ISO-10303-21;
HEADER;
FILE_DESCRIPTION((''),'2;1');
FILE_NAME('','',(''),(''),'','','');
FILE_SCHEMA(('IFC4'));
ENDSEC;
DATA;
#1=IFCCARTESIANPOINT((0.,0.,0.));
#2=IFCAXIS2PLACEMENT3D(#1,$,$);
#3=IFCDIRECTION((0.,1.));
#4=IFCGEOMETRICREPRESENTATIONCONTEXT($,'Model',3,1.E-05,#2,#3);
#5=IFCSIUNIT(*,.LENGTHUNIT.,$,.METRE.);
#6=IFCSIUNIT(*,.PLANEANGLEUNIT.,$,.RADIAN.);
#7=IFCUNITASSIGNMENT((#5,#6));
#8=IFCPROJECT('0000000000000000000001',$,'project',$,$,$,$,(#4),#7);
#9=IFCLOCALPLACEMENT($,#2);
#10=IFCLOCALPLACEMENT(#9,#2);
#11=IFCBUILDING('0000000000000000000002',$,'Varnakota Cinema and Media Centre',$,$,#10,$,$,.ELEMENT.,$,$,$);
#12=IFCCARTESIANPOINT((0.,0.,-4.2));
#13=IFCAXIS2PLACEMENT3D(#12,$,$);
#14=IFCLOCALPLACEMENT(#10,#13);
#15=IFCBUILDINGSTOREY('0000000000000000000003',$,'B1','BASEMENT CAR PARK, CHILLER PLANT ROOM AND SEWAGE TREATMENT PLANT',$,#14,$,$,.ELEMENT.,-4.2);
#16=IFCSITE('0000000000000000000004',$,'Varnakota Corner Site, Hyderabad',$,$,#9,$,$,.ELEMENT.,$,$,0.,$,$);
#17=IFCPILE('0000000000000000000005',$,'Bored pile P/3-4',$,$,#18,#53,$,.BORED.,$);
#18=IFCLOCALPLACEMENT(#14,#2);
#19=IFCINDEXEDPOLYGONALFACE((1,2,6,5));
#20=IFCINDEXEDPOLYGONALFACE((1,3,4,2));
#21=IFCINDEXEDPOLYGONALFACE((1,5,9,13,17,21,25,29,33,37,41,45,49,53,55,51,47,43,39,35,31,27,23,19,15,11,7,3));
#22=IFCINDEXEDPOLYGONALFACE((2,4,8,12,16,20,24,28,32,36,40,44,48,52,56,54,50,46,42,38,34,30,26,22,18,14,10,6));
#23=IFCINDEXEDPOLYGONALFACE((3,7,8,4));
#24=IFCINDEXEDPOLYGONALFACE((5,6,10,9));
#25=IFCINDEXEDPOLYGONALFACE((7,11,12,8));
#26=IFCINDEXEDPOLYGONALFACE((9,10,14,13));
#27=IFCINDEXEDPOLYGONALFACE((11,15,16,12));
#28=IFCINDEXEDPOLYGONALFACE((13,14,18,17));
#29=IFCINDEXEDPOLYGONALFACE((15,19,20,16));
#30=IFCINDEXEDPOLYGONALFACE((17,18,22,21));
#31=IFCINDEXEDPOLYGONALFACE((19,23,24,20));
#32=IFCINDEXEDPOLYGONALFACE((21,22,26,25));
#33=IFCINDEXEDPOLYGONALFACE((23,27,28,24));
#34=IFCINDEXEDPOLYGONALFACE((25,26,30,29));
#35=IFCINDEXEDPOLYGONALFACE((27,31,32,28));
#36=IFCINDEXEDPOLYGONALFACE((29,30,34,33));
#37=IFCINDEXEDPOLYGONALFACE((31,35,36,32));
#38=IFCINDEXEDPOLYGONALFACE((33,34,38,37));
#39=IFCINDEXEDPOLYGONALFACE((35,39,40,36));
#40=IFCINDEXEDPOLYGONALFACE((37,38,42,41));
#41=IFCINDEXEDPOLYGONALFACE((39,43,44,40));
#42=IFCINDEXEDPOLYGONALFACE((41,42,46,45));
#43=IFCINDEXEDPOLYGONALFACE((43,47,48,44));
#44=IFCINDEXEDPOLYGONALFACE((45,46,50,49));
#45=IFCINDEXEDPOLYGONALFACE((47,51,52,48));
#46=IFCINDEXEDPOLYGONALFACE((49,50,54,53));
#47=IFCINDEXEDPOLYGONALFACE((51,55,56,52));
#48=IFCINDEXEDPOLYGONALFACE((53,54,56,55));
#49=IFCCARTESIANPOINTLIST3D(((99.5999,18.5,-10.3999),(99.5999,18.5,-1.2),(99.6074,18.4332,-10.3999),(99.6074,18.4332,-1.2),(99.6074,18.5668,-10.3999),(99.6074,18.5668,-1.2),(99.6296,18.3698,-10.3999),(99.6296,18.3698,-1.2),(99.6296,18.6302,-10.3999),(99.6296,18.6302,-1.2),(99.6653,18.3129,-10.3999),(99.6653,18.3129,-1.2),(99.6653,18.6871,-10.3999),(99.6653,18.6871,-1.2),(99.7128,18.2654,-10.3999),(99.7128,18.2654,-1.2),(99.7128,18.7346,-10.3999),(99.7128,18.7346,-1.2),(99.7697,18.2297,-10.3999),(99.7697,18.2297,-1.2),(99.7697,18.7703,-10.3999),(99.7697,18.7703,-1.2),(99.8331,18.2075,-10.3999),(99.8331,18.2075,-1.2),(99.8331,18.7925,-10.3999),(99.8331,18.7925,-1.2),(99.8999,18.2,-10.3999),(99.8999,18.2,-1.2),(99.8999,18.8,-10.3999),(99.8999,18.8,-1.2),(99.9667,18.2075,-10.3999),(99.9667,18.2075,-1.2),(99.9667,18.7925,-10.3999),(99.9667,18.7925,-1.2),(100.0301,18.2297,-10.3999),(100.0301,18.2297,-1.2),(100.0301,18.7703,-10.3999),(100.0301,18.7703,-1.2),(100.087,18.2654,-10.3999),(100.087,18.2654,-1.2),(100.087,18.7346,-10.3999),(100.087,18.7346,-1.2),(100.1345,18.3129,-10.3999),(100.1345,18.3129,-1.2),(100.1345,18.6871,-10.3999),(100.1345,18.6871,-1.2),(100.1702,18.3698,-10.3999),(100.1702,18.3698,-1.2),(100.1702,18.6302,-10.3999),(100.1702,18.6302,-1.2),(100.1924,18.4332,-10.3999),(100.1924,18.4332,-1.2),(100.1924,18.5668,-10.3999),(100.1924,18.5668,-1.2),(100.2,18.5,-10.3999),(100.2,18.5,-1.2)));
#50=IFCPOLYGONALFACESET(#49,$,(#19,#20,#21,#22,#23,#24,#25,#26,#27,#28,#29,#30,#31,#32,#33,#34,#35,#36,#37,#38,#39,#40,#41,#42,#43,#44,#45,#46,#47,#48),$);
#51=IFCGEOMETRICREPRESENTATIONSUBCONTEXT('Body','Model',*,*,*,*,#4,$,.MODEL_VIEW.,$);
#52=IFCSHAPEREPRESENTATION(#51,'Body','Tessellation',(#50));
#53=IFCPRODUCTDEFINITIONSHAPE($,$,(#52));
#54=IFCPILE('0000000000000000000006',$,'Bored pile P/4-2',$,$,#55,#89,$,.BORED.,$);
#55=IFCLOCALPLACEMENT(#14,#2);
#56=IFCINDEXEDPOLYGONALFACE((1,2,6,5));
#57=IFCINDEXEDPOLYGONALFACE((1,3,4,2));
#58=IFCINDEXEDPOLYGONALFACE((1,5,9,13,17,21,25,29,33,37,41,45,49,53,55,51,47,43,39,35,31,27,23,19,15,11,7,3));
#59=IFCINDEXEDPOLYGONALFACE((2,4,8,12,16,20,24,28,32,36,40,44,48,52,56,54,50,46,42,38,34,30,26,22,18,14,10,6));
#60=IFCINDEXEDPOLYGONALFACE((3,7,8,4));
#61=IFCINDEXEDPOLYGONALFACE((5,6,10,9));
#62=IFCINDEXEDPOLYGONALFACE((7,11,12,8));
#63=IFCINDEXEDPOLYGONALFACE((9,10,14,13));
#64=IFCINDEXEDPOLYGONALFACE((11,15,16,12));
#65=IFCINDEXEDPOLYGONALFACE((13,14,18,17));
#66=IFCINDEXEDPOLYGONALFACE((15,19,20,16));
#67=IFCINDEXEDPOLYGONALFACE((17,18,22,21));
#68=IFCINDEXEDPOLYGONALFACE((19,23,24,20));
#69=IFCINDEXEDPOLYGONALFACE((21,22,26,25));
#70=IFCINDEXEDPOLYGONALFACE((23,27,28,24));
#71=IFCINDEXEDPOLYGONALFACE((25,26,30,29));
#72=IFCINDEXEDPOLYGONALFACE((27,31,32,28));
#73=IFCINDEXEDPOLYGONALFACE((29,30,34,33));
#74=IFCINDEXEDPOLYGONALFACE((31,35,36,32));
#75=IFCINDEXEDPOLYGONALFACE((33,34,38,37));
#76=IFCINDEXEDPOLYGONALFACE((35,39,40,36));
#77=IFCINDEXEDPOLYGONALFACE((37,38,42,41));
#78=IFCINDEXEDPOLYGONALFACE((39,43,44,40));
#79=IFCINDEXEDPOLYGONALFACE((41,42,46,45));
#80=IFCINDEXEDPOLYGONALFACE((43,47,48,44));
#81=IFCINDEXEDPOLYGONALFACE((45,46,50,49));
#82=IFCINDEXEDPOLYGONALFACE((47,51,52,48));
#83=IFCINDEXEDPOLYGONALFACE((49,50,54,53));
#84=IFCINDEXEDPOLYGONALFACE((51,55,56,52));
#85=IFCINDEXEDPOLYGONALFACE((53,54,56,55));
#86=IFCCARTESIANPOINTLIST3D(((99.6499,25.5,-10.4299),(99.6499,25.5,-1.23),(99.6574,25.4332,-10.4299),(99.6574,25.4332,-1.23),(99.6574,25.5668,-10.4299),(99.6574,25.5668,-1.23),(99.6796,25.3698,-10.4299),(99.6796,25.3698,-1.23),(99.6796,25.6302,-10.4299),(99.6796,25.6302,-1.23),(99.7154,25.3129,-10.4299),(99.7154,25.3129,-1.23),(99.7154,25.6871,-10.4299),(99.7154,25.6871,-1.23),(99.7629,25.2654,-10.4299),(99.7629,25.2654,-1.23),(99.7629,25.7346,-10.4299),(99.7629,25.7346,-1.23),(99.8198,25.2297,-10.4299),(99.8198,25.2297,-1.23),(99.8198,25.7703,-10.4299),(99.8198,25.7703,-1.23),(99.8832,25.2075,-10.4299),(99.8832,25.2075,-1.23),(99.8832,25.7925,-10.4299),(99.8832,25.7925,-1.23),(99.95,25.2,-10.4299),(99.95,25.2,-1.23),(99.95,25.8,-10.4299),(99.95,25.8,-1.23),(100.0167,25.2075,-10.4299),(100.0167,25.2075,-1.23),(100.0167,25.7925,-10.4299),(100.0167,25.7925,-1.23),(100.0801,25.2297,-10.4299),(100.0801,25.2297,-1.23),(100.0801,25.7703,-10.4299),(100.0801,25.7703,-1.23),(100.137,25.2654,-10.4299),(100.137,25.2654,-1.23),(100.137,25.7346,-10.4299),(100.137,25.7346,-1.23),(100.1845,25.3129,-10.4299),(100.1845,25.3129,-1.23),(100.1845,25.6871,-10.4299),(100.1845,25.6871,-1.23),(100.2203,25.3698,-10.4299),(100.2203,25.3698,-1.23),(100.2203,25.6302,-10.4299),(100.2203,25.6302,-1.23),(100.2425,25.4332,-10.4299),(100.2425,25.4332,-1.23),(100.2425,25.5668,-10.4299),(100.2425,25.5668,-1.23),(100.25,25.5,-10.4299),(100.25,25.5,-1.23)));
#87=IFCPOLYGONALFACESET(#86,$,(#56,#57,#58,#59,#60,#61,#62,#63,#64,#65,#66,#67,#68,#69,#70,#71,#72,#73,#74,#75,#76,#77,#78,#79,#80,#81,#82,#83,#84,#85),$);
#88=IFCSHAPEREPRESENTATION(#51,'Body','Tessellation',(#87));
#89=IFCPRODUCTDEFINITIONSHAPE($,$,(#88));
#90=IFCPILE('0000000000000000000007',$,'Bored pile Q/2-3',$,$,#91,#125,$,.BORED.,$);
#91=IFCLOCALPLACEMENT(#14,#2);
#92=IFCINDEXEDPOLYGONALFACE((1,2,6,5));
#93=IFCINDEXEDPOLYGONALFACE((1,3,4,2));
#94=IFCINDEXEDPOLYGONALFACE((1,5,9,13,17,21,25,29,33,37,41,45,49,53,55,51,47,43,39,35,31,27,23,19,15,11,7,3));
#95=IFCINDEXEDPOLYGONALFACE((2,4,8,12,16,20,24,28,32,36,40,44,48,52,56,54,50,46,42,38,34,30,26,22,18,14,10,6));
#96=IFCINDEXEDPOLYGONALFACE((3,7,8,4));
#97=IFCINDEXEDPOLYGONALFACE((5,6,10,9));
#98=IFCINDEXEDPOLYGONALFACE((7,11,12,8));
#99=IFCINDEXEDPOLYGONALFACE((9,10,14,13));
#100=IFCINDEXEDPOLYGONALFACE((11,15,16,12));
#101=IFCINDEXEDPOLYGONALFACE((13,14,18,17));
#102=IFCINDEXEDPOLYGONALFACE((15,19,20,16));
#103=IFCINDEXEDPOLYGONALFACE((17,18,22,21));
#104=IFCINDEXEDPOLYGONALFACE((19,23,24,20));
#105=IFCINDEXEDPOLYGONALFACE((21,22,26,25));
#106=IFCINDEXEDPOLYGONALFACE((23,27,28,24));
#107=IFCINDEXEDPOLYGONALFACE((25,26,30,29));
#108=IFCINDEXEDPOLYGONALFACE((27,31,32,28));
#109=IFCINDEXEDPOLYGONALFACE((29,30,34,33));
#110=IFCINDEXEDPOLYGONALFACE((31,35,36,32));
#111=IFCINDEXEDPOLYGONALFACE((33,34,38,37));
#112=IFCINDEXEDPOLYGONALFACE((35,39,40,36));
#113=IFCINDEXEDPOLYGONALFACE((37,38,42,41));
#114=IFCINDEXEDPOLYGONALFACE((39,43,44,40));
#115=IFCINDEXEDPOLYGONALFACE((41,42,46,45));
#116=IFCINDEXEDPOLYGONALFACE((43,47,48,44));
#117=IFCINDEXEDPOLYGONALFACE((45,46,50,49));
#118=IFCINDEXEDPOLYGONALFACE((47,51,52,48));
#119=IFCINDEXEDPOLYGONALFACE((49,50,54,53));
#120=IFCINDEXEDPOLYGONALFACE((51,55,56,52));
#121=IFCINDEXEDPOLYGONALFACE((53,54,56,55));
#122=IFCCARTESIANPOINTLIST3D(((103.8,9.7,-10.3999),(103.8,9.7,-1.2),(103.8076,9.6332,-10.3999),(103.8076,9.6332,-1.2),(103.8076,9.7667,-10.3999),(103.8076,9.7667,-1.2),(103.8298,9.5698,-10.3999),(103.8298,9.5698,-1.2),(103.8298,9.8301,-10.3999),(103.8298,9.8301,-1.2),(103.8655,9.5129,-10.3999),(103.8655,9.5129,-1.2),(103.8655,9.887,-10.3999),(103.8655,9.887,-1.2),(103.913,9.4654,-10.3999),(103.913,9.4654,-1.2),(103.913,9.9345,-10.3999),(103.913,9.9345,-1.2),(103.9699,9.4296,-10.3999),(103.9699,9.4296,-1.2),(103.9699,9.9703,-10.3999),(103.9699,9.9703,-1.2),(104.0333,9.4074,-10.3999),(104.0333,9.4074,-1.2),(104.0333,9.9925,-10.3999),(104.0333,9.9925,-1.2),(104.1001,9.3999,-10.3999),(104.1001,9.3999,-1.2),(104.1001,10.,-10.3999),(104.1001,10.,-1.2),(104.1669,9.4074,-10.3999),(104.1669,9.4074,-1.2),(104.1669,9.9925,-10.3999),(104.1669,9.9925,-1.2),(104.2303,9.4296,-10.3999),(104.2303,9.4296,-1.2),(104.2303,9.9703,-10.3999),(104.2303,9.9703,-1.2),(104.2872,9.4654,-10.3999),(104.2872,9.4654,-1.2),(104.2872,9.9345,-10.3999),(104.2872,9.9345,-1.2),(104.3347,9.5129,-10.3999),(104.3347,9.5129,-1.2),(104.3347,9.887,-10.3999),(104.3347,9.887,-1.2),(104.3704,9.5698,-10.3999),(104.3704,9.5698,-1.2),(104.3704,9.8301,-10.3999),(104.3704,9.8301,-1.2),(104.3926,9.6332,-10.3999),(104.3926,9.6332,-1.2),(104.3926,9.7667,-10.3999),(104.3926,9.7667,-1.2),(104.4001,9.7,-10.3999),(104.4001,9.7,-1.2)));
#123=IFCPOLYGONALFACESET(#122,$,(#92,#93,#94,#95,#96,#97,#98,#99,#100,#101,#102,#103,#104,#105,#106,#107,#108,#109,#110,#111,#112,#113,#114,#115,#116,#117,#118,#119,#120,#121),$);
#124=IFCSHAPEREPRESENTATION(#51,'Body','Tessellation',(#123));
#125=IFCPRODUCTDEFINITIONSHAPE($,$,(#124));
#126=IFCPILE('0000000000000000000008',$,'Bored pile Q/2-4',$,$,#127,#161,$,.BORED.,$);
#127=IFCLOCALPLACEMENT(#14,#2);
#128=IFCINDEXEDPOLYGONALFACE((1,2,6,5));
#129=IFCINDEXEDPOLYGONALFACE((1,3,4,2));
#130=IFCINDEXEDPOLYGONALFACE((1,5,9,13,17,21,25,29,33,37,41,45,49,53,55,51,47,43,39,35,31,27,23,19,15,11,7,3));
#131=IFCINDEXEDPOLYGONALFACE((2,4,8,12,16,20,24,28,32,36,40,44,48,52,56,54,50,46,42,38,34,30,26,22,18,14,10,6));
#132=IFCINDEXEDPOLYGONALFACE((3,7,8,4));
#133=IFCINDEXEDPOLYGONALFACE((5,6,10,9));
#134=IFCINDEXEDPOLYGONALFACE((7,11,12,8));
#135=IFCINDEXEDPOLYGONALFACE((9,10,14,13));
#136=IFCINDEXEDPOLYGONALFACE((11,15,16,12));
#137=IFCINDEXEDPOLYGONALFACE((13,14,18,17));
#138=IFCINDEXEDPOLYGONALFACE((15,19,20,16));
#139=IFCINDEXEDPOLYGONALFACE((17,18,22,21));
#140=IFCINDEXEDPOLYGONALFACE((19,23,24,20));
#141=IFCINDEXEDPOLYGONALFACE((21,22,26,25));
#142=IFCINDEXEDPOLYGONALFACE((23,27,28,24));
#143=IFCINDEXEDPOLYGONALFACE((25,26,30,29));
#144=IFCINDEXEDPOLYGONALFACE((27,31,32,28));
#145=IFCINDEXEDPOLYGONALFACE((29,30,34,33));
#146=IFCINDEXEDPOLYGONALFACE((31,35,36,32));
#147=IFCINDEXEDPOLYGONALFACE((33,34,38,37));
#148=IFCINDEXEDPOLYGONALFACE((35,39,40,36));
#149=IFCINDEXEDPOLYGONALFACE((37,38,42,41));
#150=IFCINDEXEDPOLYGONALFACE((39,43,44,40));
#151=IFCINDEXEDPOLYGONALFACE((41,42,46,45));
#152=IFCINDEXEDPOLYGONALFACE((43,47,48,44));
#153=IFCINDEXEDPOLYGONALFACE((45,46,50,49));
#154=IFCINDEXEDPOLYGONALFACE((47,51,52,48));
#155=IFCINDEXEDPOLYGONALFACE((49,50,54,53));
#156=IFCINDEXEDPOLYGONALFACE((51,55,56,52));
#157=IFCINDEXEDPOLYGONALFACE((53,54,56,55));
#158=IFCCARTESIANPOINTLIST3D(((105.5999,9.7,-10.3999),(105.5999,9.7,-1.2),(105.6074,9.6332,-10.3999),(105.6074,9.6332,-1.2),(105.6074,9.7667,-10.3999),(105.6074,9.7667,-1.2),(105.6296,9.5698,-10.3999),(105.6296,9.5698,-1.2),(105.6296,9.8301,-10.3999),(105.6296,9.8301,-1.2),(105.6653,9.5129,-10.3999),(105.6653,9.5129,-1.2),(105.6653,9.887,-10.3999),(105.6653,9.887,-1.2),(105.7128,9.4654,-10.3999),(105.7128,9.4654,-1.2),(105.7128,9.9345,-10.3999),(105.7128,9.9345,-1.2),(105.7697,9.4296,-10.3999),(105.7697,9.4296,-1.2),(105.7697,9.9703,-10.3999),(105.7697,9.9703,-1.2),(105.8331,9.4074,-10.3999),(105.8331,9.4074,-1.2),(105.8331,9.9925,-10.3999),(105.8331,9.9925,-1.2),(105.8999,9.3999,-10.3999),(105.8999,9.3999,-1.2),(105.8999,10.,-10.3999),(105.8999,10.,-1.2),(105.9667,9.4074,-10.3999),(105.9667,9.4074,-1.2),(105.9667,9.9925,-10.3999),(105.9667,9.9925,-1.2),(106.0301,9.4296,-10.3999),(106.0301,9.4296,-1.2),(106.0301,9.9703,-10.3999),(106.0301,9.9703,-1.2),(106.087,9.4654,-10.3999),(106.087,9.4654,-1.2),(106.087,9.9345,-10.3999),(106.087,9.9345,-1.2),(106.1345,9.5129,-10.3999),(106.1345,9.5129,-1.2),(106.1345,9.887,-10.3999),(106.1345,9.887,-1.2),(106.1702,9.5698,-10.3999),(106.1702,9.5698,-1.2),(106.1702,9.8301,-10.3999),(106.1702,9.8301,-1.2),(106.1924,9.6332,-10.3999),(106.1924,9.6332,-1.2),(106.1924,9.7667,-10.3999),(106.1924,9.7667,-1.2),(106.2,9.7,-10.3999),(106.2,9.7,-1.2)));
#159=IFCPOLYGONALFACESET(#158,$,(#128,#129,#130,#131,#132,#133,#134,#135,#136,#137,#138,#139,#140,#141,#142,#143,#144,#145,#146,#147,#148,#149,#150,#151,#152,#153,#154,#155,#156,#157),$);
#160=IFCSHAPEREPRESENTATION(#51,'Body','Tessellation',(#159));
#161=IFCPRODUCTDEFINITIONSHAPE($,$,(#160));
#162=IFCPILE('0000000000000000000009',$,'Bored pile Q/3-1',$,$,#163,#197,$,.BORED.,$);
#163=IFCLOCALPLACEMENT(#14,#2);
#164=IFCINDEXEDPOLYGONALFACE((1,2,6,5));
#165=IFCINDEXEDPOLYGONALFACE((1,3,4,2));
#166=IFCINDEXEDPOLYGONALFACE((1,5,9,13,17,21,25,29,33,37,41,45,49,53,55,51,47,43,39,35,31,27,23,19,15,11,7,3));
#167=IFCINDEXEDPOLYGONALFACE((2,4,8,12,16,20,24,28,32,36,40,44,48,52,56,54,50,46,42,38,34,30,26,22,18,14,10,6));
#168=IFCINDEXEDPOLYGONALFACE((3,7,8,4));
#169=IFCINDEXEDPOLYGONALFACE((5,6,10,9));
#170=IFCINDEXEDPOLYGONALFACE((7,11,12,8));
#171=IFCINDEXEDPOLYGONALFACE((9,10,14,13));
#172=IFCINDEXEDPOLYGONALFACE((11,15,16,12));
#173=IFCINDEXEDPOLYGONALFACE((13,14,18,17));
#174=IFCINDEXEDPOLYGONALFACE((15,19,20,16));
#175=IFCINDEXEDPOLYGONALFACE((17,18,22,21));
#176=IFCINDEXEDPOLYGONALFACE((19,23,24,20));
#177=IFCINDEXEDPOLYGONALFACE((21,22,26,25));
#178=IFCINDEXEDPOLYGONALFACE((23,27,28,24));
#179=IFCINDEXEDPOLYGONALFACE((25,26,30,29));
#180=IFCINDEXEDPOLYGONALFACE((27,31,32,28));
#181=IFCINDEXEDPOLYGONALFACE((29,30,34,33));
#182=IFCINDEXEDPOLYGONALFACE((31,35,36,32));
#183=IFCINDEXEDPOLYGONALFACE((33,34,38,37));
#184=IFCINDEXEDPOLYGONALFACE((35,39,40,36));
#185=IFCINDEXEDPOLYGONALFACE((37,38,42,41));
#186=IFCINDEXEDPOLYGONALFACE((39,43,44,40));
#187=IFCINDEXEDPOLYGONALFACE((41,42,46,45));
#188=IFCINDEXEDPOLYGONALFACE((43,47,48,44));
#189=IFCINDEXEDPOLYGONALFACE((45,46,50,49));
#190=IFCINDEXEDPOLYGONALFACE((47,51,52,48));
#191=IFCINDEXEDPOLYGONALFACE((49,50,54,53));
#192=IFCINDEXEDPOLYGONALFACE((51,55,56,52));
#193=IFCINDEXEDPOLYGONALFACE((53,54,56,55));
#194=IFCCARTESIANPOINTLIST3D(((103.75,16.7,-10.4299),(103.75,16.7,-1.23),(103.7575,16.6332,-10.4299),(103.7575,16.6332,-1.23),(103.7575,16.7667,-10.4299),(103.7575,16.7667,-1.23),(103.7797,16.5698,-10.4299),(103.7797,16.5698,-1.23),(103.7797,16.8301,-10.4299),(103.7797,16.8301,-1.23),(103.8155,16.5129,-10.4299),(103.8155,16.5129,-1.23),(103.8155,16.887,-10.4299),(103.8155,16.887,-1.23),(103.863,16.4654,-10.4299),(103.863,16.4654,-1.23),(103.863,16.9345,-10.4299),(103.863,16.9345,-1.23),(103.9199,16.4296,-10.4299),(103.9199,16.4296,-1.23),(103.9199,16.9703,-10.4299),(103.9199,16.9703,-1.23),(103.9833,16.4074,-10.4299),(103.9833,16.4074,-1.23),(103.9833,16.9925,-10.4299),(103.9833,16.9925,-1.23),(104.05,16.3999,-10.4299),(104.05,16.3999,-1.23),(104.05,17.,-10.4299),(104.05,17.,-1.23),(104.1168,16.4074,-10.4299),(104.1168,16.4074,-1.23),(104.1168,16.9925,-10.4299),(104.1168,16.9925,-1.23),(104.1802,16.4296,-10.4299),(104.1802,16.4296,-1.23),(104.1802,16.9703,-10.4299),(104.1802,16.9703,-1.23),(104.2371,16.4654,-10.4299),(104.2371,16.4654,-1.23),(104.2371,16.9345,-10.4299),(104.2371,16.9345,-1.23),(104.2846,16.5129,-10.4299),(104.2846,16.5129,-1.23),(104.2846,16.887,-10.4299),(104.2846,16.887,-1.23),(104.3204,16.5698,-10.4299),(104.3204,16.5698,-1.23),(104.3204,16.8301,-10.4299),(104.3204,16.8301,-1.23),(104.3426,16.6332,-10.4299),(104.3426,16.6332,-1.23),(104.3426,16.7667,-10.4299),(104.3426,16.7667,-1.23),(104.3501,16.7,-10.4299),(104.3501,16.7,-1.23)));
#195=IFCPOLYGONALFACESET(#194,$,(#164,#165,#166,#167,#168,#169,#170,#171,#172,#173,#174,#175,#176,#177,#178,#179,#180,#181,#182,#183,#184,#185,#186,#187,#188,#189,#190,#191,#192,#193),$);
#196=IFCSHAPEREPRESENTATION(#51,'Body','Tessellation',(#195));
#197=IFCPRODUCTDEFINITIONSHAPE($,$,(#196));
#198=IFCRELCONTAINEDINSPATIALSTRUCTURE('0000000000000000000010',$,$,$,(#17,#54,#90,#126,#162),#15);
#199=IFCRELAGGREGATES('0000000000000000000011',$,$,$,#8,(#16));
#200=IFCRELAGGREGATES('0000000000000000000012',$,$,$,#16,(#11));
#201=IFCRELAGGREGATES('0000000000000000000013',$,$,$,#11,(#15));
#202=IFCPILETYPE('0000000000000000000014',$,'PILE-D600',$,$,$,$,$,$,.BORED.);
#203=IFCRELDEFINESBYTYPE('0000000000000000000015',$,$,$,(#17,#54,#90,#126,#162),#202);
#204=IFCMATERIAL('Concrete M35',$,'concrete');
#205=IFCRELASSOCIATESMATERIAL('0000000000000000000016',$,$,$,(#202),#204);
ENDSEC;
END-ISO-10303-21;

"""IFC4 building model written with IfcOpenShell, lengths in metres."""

from ifc_helpers import new_model, si_unit, direction, frame, origin, origin_2d, place, context, subcontext, project, spatial, circle, extrude, material, material_profile, profile_set, type_object, element, save


model = new_model("IFC4")

# Units and contexts
model_context = context("Model", 3, precision=1e-05, world=origin(), true_north=direction((0.0, 1.0)))
body_context = subcontext(model_context, "Body", "Model", "MODEL_VIEW")
ifc_project = project(units=[si_unit("LENGTHUNIT", "METRE"), si_unit("PLANEANGLEUNIT", "RADIAN")], contexts=[model_context])

# Site, building, storey
site_placement = place(None, origin())
site = spatial("IfcSite", under=ifc_project, at=site_placement, Name="Varnakota Corner Site, Hyderabad", CompositionType="ELEMENT", RefElevation=0.0)
building_placement = place(site_placement, origin())
building = spatial("IfcBuilding", under=site, at=building_placement, Name="Varnakota Cinema and Media Centre", CompositionType="ELEMENT")
storey_placement = place(building_placement, frame((0.0, 0.0, -4.2)))
storey = spatial("IfcBuildingStorey", under=building, at=storey_placement, Name="B1", Description="BASEMENT CAR PARK, CHILLER PLANT ROOM AND SEWAGE TREATMENT PLANT", CompositionType="ELEMENT", Elevation=-4.2)

# Piles
ifc_material_1 = material(Name="Concrete M35", Category="concrete")
ifc_material_profile_1 = material_profile(ifc_material_1, circle(Radius=0.3, at=origin_2d()), Name="PILE D600")
ifc_profile_set_1 = profile_set([ifc_material_profile_1], Name="Concrete M35")
pile_type_1 = type_object("IfcPileType", Name="PILE-D600", PredefinedType="BORED", material=ifc_profile_set_1)
for number, where, z_axis, x_axis, name in (
    (1, (99.8999, 18.5, -1.2), (0.0, 0.0, -1.0), (1.0, 0.0, 0.0), "Bored pile P/3-4"),
    (2, (99.95, 25.5, -1.23), (0.0, 0.0, -1.0), (1.0, 0.0, 0.0), "Bored pile P/4-2"),
    (3, (104.1001, 9.7, -1.2), (0.0, 0.0, -1.0), (1.0, 0.0, 0.0), "Bored pile Q/2-3"),
    (4, (105.8999, 9.7, -1.2), (0.0, 0.0, -1.0), (1.0, 0.0, 0.0), "Bored pile Q/2-4"),
    (5, (104.05, 16.7, -1.23), (0.0, 0.0, -1.0), (1.0, 0.0, 0.0), "Bored pile Q/3-1"),
):
    element("IfcPile", number, at=place(storey_placement, frame(where, z_axis=z_axis, x_axis=x_axis)), inside=storey, type_object=pile_type_1, Name=name, PredefinedType="BORED", context=body_context, shape_type="SweptSolid", body=[
        extrude(circle(Radius=0.3, at=origin_2d()), origin(), (0.0, 0.0, 1.0), 9.2),
    ])

save(model, "model.ifc")
